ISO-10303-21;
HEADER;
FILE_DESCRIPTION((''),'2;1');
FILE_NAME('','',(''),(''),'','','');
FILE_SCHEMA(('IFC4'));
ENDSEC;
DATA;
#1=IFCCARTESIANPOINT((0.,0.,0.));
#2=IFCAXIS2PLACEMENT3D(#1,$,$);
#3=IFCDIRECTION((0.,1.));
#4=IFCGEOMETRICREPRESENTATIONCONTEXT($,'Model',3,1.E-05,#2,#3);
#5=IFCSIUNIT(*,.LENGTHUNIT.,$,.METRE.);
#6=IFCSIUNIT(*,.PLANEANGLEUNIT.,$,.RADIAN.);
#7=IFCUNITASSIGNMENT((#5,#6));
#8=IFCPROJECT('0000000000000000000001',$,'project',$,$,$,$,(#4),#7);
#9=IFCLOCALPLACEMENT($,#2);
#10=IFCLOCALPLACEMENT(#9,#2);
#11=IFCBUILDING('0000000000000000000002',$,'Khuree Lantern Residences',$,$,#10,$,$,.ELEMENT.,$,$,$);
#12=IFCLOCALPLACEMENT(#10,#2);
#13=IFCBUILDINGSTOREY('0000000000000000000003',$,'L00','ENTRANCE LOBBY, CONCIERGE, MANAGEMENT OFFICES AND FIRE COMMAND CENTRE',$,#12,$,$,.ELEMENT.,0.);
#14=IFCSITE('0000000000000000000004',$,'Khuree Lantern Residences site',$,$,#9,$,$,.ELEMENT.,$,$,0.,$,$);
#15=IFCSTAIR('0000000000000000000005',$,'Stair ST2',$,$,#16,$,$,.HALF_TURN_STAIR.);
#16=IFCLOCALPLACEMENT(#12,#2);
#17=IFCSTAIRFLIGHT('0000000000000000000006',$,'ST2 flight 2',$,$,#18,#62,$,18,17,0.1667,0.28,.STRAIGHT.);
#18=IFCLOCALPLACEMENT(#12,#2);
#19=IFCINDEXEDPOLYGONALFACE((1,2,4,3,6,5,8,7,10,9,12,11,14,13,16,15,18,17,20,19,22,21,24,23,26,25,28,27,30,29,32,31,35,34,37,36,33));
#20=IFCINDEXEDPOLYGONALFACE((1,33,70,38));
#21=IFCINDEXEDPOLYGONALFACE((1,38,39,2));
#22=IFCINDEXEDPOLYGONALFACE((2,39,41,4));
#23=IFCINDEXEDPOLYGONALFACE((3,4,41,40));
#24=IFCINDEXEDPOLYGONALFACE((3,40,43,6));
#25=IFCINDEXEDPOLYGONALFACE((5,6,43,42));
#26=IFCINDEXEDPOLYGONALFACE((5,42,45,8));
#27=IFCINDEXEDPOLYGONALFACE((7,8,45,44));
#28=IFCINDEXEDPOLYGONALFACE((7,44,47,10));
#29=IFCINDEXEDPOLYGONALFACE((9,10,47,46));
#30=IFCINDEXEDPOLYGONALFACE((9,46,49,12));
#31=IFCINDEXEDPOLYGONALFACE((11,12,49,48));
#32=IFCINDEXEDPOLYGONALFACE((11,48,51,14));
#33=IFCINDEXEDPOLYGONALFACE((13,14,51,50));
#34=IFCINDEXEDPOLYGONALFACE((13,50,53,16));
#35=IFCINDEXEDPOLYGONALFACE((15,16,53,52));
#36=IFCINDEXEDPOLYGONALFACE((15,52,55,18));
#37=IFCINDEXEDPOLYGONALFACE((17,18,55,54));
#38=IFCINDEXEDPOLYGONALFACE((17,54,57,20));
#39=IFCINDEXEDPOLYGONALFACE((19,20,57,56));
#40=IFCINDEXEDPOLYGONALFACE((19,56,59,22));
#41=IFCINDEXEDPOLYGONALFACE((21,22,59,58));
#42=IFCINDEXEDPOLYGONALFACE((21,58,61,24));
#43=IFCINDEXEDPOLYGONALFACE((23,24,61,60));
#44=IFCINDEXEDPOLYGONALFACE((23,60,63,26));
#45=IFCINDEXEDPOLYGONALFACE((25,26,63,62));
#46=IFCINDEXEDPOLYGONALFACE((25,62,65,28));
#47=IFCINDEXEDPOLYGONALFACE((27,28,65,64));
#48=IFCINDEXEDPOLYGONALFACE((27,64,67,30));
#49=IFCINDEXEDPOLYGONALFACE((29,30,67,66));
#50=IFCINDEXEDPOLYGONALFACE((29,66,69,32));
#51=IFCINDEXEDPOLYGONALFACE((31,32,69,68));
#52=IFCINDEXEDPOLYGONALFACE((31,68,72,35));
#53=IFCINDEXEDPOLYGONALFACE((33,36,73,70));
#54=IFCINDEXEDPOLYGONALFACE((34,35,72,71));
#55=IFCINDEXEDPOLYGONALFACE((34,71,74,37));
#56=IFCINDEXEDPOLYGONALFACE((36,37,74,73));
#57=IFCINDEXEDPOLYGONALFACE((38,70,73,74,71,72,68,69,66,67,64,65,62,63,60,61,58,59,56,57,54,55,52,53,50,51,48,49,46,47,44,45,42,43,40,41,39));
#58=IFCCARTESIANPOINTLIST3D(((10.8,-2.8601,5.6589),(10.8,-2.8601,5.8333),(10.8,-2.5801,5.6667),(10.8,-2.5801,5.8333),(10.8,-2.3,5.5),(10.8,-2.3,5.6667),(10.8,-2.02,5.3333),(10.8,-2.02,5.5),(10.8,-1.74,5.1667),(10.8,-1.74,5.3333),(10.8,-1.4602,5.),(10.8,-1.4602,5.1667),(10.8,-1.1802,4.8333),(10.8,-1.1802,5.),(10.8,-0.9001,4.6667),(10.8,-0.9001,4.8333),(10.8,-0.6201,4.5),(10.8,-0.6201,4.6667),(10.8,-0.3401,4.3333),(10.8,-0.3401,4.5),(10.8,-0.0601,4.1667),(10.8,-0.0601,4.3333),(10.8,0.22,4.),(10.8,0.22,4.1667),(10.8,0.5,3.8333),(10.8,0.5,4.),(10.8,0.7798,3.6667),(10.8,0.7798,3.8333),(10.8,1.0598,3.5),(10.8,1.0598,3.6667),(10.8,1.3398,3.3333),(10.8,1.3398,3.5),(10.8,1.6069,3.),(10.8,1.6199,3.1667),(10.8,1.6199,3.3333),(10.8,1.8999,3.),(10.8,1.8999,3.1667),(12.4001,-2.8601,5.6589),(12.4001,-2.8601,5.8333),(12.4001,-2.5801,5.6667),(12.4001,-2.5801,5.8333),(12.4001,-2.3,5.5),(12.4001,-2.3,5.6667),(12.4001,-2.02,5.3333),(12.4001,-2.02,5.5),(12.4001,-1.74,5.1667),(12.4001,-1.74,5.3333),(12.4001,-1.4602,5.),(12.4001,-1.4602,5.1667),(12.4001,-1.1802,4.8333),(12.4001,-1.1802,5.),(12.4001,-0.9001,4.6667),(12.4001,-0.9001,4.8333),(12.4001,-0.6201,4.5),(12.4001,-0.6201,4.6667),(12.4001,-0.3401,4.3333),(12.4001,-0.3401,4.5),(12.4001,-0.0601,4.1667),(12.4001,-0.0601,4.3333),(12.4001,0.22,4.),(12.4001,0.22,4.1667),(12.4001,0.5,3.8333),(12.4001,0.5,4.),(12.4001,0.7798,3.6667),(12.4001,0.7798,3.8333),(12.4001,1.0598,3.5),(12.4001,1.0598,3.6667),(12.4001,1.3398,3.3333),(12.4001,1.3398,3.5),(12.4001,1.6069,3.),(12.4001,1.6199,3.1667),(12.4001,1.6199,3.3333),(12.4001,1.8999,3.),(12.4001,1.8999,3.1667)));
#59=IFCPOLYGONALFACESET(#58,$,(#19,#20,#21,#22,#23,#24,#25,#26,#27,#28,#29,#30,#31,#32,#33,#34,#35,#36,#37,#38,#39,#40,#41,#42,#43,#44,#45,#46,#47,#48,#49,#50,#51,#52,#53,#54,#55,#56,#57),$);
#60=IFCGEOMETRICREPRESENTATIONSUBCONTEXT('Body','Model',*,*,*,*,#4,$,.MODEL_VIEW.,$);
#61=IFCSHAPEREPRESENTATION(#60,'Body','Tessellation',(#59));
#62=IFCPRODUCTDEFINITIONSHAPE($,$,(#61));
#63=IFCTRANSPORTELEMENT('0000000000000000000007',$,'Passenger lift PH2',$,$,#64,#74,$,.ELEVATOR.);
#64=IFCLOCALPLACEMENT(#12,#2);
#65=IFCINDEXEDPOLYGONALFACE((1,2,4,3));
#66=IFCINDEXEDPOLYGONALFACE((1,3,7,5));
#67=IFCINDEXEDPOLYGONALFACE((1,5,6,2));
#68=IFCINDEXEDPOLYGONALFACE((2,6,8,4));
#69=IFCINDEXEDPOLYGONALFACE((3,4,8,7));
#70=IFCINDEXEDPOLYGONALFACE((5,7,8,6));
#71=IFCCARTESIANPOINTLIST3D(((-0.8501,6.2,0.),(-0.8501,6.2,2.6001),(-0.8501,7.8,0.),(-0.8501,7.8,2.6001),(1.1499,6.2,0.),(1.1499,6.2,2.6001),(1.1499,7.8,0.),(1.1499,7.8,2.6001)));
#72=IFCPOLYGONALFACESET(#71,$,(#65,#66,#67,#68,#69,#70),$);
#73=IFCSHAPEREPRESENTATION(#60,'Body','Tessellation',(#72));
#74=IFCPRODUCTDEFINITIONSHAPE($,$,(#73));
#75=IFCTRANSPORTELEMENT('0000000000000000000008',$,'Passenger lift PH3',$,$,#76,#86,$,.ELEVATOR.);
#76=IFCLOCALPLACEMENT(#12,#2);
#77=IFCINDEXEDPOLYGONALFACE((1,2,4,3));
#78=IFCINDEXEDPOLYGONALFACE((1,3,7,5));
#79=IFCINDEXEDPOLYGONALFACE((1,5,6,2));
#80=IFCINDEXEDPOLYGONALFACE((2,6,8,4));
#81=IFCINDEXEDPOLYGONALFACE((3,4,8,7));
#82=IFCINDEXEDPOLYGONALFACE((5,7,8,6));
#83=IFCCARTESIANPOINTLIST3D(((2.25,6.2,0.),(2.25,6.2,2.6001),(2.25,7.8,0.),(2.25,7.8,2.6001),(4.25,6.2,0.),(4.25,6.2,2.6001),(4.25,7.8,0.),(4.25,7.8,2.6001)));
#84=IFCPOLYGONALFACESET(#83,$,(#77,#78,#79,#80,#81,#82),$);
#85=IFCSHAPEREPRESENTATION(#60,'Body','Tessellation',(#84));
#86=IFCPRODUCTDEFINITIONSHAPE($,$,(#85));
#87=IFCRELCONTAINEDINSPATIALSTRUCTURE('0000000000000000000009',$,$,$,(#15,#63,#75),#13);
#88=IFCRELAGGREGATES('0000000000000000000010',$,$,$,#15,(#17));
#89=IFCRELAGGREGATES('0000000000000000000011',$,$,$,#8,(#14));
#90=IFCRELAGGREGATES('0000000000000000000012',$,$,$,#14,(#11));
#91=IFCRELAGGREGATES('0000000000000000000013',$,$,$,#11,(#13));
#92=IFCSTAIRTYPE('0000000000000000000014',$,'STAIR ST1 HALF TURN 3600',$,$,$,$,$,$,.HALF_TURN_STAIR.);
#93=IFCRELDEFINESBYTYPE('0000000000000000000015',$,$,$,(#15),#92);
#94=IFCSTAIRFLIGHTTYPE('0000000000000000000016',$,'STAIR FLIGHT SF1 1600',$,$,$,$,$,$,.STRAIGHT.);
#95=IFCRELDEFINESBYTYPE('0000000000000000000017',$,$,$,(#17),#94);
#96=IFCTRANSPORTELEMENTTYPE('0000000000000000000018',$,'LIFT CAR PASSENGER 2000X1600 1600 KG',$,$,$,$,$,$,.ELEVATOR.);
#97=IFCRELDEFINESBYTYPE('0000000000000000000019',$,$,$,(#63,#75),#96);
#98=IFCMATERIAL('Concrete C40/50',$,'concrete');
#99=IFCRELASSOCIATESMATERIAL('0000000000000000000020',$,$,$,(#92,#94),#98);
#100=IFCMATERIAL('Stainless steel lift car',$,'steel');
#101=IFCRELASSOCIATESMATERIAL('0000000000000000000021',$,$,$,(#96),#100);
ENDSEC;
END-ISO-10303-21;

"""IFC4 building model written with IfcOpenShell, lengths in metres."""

from ifc_helpers import new_model, si_unit, direction, frame, origin, origin_2d, place, context, subcontext, project, spatial, polyline, rectangle, outline, extrude, material, type_object, element, aggregate, save


model = new_model("IFC4")

# Units and contexts
model_context = context("Model", 3, precision=1e-05, world=origin(), true_north=direction((0.0, 1.0)))
body_context = subcontext(model_context, "Body", "Model", "MODEL_VIEW")
ifc_project = project(units=[si_unit("LENGTHUNIT", "METRE"), si_unit("PLANEANGLEUNIT", "RADIAN")], contexts=[model_context])

# Site, building, storey
site_placement = place(None, origin())
site = spatial("IfcSite", under=ifc_project, at=site_placement, Name="Khuree Lantern Residences site", CompositionType="ELEMENT", RefElevation=0.0)
building_placement = place(site_placement, origin())
building = spatial("IfcBuilding", under=site, at=building_placement, Name="Khuree Lantern Residences", CompositionType="ELEMENT")
storey_placement = place(building_placement, origin())
storey = spatial("IfcBuildingStorey", under=building, at=storey_placement, Name="L00", Description="ENTRANCE LOBBY, CONCIERGE, MANAGEMENT OFFICES AND FIRE COMMAND CENTRE", CompositionType="ELEMENT", Elevation=0.0)

# Shared definitions
ifc_material_1 = material(Name="Concrete C40/50", Category="concrete")

# Stair, stair flight
stair_type = type_object("IfcStairType", Name="STAIR ST1 HALF TURN 3600", PredefinedType="HALF_TURN_STAIR", material=ifc_material_1)
stair_placement = place(storey_placement, origin())
stair = element("IfcStair", 1, at=stair_placement, inside=storey, type_object=stair_type, Name="Stair ST2", PredefinedType="HALF_TURN_STAIR")
stair_flight_type = type_object("IfcStairFlightType", Name="STAIR FLIGHT SF1 1600", PredefinedType="STRAIGHT", material=ifc_material_1)
stair_flight_placement = place(storey_placement, frame((11.6001, 1.8999, 3.0), z_axis=(0.0, 0.0, 1.0), x_axis=(0.0, -1.0, 0.0)))
stair_flight = element("IfcStairFlight", 2, at=stair_flight_placement, type_object=stair_flight_type, Name="ST2 flight 2", NumberOfRisers=18, NumberOfTreads=17, PredefinedType="STRAIGHT", RiserHeight=0.1667, TreadLength=0.28, context=body_context, shape_type="SweptSolid", body=[
    extrude(outline(polyline([(0.0, 0.0), (0.0, 0.1667), (0.28, 0.1667), (0.28, 0.3333), (0.5601, 0.3333), (0.5601, 0.5), (0.8401, 0.5), (0.8401, 0.6667), (1.1201, 0.6667), (1.1201, 0.8333), (1.3999, 0.8333), (1.3999, 1.0), (1.6799, 1.0), (1.6799, 1.1667), (1.96, 1.1667), (1.96, 1.3333), (2.24, 1.3333), (2.24, 1.5), (2.52, 1.5), (2.52, 1.6667), (2.8, 1.6667), (2.8, 1.8333), (3.0801, 1.8333), (3.0801, 2.0), (3.3601, 2.0), (3.3601, 2.1667), (3.6399, 2.1667), (3.6399, 2.3333), (3.9199, 2.3333), (3.9199, 2.5), (4.2, 2.5), (4.2, 2.6667), (4.48, 2.6667), (4.48, 2.8333), (4.76, 2.8333), (4.76, 3.0), (4.76, 2.6589), (0.293, 0.0), (0.0, 0.0)])), frame((0.0, 0.8, 0.0), z_axis=(0.0, -1.0, 0.0), x_axis=(1.0, 0.0, 0.0)), (0.0, 0.0, 1.0), 1.6001),
])
aggregate(stair, [stair_flight])

# Transport elements
ifc_material_2 = material(Name="Stainless steel lift car", Category="steel")
transport_element_type = type_object("IfcTransportElementType", Name="LIFT CAR PASSENGER 2000X1600 1600 KG", PredefinedType="ELEVATOR", material=ifc_material_2)
for number, where, z_axis, x_axis, name in (
    (3, (0.1499, 7.0, 0.0), (0.0, 0.0, 1.0), (1.0, 0.0, 0.0), "Passenger lift PH2"),
    (4, (3.25, 7.0, 0.0), (0.0, 0.0, 1.0), (1.0, 0.0, 0.0), "Passenger lift PH3"),
):
    element("IfcTransportElement", number, at=place(storey_placement, frame(where, z_axis=z_axis, x_axis=x_axis)), inside=storey, type_object=transport_element_type, Name=name, PredefinedType="ELEVATOR", context=body_context, shape_type="SweptSolid", body=[
        extrude(rectangle(XDim=2.0, YDim=1.6001, at=origin_2d()), origin(), (0.0, 0.0, 1.0), 2.6001),
    ])

save(model, "model.ifc")
